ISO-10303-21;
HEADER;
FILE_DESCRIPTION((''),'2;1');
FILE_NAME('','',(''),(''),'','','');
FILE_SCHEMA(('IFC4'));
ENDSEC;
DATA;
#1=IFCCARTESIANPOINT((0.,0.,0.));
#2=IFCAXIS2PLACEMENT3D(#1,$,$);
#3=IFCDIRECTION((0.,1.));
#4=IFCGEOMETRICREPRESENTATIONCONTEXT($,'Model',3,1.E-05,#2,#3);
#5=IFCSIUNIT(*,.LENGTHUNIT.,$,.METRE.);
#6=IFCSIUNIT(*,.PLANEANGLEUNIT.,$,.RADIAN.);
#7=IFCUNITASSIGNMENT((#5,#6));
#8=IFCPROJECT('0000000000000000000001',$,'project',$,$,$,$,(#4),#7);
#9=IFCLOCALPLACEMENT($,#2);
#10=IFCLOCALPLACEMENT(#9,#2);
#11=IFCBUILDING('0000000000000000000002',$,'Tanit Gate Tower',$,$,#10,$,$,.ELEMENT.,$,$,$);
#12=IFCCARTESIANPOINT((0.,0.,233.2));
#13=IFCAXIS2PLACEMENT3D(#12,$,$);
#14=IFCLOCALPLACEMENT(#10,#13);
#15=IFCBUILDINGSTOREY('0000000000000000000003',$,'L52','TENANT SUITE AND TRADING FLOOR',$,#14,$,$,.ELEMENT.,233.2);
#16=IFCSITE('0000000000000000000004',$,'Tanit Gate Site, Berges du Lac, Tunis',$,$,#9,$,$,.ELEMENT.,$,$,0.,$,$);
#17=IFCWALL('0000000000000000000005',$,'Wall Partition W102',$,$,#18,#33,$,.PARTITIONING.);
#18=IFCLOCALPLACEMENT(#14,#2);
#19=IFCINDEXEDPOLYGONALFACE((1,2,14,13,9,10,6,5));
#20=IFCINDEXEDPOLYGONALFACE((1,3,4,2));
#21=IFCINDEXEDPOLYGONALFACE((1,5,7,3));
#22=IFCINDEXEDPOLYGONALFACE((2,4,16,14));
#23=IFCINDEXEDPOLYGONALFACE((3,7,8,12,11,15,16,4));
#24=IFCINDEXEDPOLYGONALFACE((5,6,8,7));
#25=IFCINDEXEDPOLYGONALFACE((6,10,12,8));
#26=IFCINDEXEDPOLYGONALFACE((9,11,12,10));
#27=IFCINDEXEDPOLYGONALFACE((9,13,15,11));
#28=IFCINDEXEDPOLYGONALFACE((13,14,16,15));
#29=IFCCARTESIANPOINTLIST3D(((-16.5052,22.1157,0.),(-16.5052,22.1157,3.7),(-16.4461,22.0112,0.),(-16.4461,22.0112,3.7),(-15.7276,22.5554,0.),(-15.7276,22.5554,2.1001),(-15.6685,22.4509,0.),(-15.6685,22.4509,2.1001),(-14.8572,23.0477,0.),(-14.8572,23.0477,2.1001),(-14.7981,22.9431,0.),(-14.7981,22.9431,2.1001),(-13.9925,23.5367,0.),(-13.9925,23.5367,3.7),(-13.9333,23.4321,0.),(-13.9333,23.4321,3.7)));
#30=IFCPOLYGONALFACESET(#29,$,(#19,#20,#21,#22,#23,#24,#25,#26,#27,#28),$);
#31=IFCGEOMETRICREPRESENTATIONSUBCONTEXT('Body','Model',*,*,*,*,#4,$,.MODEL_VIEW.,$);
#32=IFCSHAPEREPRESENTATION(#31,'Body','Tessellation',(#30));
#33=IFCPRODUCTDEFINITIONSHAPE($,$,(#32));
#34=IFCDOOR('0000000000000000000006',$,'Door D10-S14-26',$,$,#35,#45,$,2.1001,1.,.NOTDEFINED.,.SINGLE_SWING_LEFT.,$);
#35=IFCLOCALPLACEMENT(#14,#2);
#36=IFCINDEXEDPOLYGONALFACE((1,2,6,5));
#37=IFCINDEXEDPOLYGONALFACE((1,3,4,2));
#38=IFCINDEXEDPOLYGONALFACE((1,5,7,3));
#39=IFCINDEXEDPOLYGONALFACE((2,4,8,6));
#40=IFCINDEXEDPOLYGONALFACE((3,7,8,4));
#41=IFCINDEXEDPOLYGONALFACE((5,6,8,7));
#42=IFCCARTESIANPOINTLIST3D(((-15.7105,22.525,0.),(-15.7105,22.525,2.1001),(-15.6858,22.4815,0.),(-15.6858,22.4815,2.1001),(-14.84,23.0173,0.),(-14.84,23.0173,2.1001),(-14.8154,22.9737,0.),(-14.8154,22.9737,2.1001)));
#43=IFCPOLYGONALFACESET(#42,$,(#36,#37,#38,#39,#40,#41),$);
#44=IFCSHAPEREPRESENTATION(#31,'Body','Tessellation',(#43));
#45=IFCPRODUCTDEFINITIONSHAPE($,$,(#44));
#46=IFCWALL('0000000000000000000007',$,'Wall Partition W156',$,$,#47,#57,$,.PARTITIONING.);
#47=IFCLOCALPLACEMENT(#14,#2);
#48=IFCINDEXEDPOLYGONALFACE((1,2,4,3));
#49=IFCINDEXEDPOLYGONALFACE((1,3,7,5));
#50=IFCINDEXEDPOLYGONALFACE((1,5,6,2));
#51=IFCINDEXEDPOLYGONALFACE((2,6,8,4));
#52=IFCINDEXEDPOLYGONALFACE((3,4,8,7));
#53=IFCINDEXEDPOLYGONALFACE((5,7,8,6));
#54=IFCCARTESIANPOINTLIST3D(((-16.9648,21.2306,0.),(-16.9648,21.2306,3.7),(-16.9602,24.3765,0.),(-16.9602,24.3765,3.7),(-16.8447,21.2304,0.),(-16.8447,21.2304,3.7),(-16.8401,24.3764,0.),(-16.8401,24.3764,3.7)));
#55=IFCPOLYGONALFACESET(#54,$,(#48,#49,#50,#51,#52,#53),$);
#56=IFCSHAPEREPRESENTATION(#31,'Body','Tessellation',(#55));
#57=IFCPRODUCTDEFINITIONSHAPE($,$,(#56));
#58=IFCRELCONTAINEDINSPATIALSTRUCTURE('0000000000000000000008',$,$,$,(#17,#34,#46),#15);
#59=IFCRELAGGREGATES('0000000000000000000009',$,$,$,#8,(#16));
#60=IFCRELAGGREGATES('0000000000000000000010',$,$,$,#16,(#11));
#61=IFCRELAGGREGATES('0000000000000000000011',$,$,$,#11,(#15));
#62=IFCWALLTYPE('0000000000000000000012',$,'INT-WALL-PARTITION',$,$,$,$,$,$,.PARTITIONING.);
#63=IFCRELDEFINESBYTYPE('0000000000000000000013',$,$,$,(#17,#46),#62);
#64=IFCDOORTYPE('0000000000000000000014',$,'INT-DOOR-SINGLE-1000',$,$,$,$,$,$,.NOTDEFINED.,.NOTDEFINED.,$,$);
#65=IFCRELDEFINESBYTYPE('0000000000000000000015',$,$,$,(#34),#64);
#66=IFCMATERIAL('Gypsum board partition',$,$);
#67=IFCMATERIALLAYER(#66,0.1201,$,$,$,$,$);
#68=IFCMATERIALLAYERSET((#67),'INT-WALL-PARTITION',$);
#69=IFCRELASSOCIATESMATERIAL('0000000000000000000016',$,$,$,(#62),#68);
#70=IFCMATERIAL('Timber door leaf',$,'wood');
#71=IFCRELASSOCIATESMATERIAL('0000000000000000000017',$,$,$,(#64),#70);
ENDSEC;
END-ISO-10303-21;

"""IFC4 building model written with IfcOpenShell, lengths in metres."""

from ifc_helpers import new_model, si_unit, direction, frame, frame_2d, origin, place, context, subcontext, project, spatial, rectangle, extrude, material, layer, layer_set, type_object, element, fill, save


model = new_model("IFC4")

# Units and contexts
model_context = context("Model", 3, precision=1e-05, world=origin(), true_north=direction((0.0, 1.0)))
body_context = subcontext(model_context, "Body", "Model", "MODEL_VIEW")
ifc_project = project(units=[si_unit("LENGTHUNIT", "METRE"), si_unit("PLANEANGLEUNIT", "RADIAN")], contexts=[model_context])

# Site, building, storey
site_placement = place(None, origin())
site = spatial("IfcSite", under=ifc_project, at=site_placement, Name="Tanit Gate Site, Berges du Lac, Tunis", CompositionType="ELEMENT", RefElevation=0.0)
building_placement = place(site_placement, origin())
building = spatial("IfcBuilding", under=site, at=building_placement, Name="Tanit Gate Tower", CompositionType="ELEMENT")
storey_placement = place(building_placement, frame((0.0, 0.0, 233.2)))
storey = spatial("IfcBuildingStorey", under=building, at=storey_placement, Name="L52", Description="TENANT SUITE AND TRADING FLOOR", CompositionType="ELEMENT", Elevation=233.2)

# Shared definitions
ifc_material_1 = material(Name="Gypsum board partition")
ifc_layer_1 = layer(ifc_material_1, 0.1201)
ifc_layer_set_1 = layer_set([ifc_layer_1], Name="INT-WALL-PARTITION")
wall_type_1 = type_object("IfcWallType", Name="INT-WALL-PARTITION", PredefinedType="PARTITIONING", material=ifc_layer_set_1)

# Wall, opening, door
wall_1_placement = place(storey_placement, frame((-13.9629, 23.4844, 0.0), z_axis=(0.0, 0.0, 1.0), x_axis=(-0.870462, -0.492236, 0.0)))
wall_1 = element("IfcWall", 1, at=wall_1_placement, inside=storey, type_object=wall_type_1, Name="Wall Partition W102", PredefinedType="PARTITIONING", context=body_context, shape_type="SweptSolid", body=[
    extrude(rectangle(XDim=2.8867, YDim=0.1201, at=frame_2d((1.4434, 0.0))), origin(), (0.0, 0.0, 1.0), 3.7),
])
opening_1_placement = place(wall_1_placement, frame((0.9934, 0.0, 0.0)))
opening_1 = element("IfcOpeningElement", 2, at=opening_1_placement, cuts=wall_1, PredefinedType="OPENING", context=body_context, shape_type="SweptSolid", body=[
    extrude(rectangle(XDim=1.0, YDim=2.1001, at=frame_2d((0.5, 1.05))), frame((0.0, 0.0701, 0.0), z_axis=(0.0, -1.0, 0.0), x_axis=(1.0, 0.0, 0.0)), (0.0, 0.0, 1.0), 0.1401),
])
ifc_material_2 = material(Name="Timber door leaf", Category="wood")
door_type_1 = type_object("IfcDoorType", Name="INT-DOOR-SINGLE-1000", OperationType="NOTDEFINED", PredefinedType="NOTDEFINED", material=ifc_material_2)
door_1_placement = place(opening_1_placement, origin())
door_1 = element("IfcDoor", 3, at=door_1_placement, inside=storey, type_object=door_type_1, Name="Door D10-S14-26", OperationType="SINGLE_SWING_LEFT", OverallHeight=2.1001, OverallWidth=1.0, PredefinedType="NOTDEFINED", context=body_context, shape_type="SweptSolid", body=[
    extrude(rectangle(XDim=1.0, YDim=2.1001, at=frame_2d((0.5, 1.05))), frame((0.0, 0.0249, 0.0), z_axis=(0.0, -1.0, 0.0), x_axis=(1.0, 0.0, 0.0)), (0.0, 0.0, 1.0), 0.05),
])
fill(opening_1, door_1)

# Wall
wall_2_placement = place(storey_placement, frame((-16.9048, 21.2305, 0.0), z_axis=(0.0, 0.0, 1.0), x_axis=(0.001474, 0.999999, 0.0)))
element("IfcWall", 4, at=wall_2_placement, inside=storey, type_object=wall_type_1, Name="Wall Partition W156", PredefinedType="PARTITIONING", context=body_context, shape_type="SweptSolid", body=[
    extrude(rectangle(XDim=3.146, YDim=0.1201, at=frame_2d((1.573, 0.0))), origin(), (0.0, 0.0, 1.0), 3.7),
])

save(model, "model.ifc")
